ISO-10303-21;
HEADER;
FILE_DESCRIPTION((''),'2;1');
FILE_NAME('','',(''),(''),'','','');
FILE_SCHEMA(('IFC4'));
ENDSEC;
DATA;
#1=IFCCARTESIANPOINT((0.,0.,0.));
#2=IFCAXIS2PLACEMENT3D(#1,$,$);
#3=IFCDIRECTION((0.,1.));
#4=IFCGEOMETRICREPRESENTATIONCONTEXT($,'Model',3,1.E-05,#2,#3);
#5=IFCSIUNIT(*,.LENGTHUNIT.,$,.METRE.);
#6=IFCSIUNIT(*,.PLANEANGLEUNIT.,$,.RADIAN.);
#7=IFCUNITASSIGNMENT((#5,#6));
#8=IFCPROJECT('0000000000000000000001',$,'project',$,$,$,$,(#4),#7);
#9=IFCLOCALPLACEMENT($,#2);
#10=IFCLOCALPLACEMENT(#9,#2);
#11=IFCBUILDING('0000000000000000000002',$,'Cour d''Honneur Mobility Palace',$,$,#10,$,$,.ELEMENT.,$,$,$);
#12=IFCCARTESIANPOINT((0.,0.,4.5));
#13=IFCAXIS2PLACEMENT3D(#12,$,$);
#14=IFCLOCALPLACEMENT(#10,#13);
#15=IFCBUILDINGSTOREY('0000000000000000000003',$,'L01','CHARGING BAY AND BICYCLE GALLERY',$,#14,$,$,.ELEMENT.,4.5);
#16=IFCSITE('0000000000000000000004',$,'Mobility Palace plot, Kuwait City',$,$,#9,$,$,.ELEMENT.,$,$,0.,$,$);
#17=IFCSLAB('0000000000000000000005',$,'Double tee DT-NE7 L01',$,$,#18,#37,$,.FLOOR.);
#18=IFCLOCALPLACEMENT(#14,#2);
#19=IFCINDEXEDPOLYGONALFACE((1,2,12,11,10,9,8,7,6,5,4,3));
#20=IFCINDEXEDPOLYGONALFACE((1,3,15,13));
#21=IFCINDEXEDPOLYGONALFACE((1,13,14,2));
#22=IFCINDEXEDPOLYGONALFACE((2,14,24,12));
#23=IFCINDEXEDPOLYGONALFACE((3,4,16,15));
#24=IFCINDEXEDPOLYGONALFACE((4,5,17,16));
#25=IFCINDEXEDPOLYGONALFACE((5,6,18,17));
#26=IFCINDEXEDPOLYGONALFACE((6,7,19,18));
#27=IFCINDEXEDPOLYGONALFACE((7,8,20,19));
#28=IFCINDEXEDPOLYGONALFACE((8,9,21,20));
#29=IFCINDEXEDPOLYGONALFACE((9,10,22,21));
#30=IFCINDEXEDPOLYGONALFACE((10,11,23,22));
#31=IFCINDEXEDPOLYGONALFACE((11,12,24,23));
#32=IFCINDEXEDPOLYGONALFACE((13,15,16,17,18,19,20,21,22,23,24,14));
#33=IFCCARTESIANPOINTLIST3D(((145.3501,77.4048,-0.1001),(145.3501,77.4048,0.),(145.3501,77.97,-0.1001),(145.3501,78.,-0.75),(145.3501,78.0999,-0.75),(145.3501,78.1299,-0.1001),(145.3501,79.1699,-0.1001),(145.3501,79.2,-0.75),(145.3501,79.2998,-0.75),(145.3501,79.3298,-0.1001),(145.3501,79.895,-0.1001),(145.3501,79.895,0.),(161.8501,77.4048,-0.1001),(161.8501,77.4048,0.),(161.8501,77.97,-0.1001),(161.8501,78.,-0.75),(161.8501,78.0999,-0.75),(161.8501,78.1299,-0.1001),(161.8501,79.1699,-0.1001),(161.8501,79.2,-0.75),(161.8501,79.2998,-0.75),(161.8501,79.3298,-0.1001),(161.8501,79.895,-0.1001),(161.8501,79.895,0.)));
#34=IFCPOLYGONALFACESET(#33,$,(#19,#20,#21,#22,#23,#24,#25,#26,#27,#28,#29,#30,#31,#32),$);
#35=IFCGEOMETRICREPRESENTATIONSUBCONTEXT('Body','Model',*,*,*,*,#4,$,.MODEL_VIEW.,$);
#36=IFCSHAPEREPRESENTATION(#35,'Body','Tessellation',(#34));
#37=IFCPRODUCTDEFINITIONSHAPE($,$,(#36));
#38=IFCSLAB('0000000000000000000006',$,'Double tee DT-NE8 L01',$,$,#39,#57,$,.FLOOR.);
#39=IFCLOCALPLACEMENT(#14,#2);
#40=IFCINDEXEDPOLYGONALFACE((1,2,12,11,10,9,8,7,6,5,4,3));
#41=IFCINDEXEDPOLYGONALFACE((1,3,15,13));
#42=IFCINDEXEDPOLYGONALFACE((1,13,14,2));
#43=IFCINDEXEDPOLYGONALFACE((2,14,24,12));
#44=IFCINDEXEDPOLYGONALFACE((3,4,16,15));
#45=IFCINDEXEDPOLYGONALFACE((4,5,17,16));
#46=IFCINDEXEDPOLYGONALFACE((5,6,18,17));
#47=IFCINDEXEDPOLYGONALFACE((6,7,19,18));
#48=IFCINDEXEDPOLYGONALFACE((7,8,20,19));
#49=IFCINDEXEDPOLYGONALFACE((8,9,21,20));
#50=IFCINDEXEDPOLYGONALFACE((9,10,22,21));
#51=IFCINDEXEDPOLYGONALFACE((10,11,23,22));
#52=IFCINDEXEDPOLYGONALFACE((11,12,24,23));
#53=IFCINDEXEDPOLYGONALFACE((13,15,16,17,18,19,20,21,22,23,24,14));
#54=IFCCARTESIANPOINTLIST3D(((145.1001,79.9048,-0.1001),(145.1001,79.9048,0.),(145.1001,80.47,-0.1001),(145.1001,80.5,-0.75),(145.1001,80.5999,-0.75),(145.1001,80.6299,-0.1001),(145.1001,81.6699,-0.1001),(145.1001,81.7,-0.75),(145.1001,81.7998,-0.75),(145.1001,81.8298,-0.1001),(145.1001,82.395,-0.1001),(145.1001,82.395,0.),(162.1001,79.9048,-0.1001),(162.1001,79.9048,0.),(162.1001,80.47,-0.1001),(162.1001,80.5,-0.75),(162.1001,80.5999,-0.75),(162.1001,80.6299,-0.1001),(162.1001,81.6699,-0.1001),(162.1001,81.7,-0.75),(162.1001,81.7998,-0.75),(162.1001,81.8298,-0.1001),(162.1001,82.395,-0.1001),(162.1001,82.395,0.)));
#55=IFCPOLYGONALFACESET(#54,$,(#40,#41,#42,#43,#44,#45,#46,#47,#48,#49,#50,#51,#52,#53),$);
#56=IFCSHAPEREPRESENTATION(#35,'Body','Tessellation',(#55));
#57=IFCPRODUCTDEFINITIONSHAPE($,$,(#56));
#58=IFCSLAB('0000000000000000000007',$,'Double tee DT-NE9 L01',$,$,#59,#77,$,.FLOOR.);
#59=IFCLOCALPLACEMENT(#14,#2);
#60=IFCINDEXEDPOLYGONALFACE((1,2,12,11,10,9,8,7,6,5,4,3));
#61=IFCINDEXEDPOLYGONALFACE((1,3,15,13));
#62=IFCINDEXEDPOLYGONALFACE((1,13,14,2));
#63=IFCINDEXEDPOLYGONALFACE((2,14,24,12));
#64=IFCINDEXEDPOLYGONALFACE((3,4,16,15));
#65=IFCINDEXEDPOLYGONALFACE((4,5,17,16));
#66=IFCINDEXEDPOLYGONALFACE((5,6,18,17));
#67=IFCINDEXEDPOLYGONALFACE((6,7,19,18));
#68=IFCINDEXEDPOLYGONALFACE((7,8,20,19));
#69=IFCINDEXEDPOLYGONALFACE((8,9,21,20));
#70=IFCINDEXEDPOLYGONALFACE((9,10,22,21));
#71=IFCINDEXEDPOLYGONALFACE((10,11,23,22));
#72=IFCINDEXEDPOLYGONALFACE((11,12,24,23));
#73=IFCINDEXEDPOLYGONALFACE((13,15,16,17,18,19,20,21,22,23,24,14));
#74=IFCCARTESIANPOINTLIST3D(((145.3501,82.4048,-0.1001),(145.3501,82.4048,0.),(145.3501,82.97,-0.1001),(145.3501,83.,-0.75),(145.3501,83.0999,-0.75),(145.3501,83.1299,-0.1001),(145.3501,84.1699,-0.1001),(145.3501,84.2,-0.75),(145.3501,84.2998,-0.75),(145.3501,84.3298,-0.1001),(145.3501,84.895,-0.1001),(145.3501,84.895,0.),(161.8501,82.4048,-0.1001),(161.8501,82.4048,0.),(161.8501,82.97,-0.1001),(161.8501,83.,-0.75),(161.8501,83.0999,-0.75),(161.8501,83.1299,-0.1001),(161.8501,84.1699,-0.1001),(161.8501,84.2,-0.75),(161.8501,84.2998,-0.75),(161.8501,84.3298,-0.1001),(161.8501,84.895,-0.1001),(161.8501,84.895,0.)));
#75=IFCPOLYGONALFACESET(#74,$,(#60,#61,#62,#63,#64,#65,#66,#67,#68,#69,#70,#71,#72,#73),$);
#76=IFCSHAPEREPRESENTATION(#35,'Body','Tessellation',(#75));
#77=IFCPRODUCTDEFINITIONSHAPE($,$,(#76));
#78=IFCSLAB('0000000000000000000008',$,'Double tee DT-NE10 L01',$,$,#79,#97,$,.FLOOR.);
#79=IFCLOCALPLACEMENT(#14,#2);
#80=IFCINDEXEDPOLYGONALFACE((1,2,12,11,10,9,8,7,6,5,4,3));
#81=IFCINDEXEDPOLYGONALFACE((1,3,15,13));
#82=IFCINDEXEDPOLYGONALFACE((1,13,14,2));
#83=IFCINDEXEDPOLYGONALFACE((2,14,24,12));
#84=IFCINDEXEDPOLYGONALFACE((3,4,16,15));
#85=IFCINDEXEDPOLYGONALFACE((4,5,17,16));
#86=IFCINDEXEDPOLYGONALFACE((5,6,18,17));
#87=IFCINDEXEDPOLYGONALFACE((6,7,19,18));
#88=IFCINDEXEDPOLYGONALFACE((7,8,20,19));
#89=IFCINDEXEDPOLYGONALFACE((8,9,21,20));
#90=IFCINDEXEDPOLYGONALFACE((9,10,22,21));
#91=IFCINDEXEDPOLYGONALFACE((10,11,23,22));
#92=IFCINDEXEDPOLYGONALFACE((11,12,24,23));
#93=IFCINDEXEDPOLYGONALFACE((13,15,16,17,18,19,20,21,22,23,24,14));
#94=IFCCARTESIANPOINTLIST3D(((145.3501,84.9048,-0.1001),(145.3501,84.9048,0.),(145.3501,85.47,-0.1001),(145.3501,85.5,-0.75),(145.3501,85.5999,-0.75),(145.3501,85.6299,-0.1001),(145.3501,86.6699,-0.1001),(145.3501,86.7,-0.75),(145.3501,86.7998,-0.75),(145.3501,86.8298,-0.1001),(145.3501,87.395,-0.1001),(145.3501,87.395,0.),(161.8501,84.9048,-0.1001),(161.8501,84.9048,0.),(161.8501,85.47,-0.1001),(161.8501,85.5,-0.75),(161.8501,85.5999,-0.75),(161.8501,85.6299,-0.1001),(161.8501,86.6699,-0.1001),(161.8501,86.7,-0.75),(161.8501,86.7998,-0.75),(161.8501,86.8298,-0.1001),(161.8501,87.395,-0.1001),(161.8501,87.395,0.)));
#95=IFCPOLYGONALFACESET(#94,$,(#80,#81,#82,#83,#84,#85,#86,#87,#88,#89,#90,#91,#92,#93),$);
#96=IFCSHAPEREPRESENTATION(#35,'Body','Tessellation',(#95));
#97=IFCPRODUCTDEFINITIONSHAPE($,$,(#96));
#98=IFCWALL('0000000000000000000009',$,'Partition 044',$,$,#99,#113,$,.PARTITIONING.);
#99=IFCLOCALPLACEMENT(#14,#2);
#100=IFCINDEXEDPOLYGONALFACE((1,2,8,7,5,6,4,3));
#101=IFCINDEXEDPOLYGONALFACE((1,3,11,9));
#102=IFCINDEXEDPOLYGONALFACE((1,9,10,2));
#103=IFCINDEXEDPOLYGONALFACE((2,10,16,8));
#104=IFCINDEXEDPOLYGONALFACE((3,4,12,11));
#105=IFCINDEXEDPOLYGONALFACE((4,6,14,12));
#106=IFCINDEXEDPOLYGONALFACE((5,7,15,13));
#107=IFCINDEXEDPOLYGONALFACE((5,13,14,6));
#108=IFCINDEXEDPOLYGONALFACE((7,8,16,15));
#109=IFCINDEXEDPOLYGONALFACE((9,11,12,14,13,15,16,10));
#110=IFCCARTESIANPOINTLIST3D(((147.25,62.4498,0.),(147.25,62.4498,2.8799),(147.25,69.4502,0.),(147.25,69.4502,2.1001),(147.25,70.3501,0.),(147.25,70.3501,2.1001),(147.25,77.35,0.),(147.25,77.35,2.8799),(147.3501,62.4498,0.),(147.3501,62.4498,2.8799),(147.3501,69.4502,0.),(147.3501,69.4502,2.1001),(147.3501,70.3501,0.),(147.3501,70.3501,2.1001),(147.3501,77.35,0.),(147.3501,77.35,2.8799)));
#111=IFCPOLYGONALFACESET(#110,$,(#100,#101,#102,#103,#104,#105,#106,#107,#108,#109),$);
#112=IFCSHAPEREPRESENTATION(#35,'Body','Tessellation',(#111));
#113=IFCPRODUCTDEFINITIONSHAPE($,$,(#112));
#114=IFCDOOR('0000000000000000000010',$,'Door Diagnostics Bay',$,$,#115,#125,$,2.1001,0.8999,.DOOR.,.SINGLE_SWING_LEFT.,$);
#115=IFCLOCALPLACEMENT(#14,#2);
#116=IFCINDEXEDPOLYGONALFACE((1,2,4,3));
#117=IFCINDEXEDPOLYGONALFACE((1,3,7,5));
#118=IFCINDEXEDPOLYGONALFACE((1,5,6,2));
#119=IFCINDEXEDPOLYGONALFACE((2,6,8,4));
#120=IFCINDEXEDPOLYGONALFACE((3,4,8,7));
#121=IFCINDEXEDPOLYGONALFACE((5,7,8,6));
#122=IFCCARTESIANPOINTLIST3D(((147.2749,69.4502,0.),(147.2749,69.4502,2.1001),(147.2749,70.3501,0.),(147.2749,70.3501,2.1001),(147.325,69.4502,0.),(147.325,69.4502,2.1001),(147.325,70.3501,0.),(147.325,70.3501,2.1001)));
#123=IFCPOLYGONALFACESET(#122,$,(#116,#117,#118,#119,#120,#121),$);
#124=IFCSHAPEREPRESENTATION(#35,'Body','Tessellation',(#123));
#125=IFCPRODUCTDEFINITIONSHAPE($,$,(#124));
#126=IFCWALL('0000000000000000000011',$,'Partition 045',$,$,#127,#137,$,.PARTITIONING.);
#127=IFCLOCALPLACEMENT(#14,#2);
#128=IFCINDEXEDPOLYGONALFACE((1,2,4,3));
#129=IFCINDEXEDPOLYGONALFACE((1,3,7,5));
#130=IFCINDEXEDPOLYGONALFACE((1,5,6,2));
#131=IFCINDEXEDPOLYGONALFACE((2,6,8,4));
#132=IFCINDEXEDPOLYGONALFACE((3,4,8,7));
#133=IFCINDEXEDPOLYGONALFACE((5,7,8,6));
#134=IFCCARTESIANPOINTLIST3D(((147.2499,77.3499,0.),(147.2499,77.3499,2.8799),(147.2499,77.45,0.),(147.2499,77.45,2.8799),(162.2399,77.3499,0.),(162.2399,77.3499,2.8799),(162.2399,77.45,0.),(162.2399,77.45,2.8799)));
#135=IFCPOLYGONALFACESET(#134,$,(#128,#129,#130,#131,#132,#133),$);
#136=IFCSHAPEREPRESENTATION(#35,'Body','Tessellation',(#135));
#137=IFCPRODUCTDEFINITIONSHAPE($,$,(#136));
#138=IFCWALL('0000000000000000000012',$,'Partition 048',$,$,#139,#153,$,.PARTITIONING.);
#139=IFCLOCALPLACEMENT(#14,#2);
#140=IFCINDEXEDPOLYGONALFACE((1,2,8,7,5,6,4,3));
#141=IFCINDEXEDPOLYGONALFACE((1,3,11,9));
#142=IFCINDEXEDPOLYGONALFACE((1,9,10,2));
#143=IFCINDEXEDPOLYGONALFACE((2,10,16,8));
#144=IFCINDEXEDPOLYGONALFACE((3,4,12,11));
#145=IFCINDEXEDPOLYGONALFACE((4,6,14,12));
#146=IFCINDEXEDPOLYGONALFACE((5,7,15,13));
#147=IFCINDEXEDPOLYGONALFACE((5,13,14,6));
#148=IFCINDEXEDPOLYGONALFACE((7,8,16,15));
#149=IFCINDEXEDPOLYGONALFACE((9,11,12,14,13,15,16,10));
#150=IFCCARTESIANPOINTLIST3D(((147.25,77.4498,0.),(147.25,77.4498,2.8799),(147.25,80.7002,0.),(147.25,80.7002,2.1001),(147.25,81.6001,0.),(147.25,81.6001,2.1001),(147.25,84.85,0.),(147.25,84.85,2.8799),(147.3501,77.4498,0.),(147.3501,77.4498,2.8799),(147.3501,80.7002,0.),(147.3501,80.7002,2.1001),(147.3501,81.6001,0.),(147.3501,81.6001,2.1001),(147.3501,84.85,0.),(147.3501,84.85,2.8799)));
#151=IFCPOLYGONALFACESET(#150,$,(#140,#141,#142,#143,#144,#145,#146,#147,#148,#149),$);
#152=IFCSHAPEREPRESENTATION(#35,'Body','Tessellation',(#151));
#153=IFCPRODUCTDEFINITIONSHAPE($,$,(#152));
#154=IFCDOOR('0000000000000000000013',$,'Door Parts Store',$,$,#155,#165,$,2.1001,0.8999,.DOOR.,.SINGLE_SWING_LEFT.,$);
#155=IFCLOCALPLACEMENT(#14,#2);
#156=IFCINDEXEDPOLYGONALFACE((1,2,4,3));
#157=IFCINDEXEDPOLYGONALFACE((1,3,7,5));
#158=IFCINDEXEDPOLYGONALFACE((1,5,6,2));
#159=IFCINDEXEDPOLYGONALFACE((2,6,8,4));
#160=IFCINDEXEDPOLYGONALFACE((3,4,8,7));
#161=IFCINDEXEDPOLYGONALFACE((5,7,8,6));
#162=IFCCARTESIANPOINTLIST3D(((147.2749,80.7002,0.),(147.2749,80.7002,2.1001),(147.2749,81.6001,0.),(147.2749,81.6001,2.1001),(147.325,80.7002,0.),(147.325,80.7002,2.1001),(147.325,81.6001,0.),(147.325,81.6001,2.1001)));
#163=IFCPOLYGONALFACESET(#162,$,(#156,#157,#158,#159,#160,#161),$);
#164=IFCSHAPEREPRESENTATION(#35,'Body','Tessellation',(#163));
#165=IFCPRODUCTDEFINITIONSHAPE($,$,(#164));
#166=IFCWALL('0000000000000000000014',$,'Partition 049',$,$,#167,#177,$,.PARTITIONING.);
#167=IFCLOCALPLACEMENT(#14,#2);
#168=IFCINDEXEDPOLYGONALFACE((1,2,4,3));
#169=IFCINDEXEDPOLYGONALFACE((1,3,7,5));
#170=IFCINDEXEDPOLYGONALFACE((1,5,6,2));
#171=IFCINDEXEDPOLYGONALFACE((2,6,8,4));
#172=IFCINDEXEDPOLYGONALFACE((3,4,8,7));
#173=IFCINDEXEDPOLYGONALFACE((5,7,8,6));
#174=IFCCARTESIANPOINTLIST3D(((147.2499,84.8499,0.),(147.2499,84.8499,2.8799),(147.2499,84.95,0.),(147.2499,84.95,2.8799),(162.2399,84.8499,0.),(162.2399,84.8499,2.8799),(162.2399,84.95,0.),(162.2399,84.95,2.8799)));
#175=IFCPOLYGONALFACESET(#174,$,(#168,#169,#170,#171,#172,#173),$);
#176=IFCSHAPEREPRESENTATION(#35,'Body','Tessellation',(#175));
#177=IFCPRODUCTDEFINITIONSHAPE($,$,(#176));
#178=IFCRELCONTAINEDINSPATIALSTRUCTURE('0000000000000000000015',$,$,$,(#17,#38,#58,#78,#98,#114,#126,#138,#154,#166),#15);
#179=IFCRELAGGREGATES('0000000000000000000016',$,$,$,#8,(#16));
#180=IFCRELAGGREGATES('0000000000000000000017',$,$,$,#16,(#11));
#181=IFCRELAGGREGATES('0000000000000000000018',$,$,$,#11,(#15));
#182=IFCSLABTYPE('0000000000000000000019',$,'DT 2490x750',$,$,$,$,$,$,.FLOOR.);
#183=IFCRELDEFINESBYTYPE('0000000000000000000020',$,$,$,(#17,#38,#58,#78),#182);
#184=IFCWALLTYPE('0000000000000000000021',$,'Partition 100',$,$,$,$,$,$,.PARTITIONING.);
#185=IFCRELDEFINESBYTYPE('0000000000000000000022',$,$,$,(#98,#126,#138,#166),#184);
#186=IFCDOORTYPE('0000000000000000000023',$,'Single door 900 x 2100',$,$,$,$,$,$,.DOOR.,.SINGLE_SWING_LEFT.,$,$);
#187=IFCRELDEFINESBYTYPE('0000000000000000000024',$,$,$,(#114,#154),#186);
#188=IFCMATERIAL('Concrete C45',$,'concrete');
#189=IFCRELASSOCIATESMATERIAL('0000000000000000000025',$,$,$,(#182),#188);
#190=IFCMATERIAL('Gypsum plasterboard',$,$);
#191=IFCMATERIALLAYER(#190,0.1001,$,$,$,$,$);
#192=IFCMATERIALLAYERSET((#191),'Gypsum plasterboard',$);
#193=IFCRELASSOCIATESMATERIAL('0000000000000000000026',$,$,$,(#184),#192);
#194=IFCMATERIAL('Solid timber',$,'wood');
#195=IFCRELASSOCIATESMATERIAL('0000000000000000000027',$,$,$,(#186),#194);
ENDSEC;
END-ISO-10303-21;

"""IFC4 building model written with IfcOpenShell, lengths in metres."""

from ifc_helpers import new_model, si_unit, direction, frame, frame_2d, origin, place, context, subcontext, project, spatial, polyline, rectangle, outline, extrude, material, layer, layer_set, material_profile, profile_set, type_object, element, fill, save


model = new_model("IFC4")

# Units and contexts
model_context = context("Model", 3, precision=1e-05, world=origin(), true_north=direction((0.0, 1.0)))
body_context = subcontext(model_context, "Body", "Model", "MODEL_VIEW")
ifc_project = project(units=[si_unit("LENGTHUNIT", "METRE"), si_unit("PLANEANGLEUNIT", "RADIAN")], contexts=[model_context])

# Site, building, storey
site_placement = place(None, origin())
site = spatial("IfcSite", under=ifc_project, at=site_placement, Name="Mobility Palace plot, Kuwait City", CompositionType="ELEMENT", RefElevation=0.0)
building_placement = place(site_placement, origin())
building = spatial("IfcBuilding", under=site, at=building_placement, Name="Cour d'Honneur Mobility Palace", CompositionType="ELEMENT")
storey_placement = place(building_placement, frame((0.0, 0.0, 4.5)))
storey = spatial("IfcBuildingStorey", under=building, at=storey_placement, Name="L01", Description="CHARGING BAY AND BICYCLE GALLERY", CompositionType="ELEMENT", Elevation=4.5)

# Slabs
ifc_material_1 = material(Name="Concrete C45", Category="concrete")
ifc_material_profile_1 = material_profile(ifc_material_1, outline(polyline([(-1.2451, 0.0), (1.2451, 0.0), (1.2451, -0.1001), (0.6799, -0.1001), (0.6499, -0.75), (0.55, -0.75), (0.52, -0.1001), (-0.52, -0.1001), (-0.55, -0.75), (-0.6499, -0.75), (-0.6799, -0.1001), (-1.2451, -0.1001), (-1.2451, 0.0)])), Name="DT 2490x750")
ifc_profile_set_1 = profile_set([ifc_material_profile_1], Name="Concrete C45")
slab_type = type_object("IfcSlabType", Name="DT 2490x750", PredefinedType="FLOOR", material=ifc_profile_set_1)
for number, where, z_axis, x_axis, name in (
    (1, (145.3501, 78.6499, 0.0), (1.0, 0.0, 0.0), (0.0, 1.0, 0.0), "Double tee DT-NE7 L01"),
):
    element("IfcSlab", number, at=place(storey_placement, frame(where, z_axis=z_axis, x_axis=x_axis)), inside=storey, type_object=slab_type, Name=name, PredefinedType="FLOOR", context=body_context, shape_type="SweptSolid", body=[
        extrude(outline(polyline([(-1.2451, 0.0), (1.2451, 0.0), (1.2451, -0.1001), (0.6799, -0.1001), (0.6499, -0.75), (0.55, -0.75), (0.52, -0.1001), (-0.52, -0.1001), (-0.55, -0.75), (-0.6499, -0.75), (-0.6799, -0.1001), (-1.2451, -0.1001), (-1.2451, 0.0)])), origin(), (0.0, 0.0, 1.0), 16.5),
    ])
slab_1_placement = place(storey_placement, frame((145.1001, 81.1499, 0.0), z_axis=(1.0, 0.0, 0.0), x_axis=(0.0, 1.0, 0.0)))
element("IfcSlab", 2, at=slab_1_placement, inside=storey, type_object=slab_type, Name="Double tee DT-NE8 L01", PredefinedType="FLOOR", context=body_context, shape_type="SweptSolid", body=[
    extrude(outline(polyline([(-1.2451, 0.0), (1.2451, 0.0), (1.2451, -0.1001), (0.6799, -0.1001), (0.6499, -0.75), (0.55, -0.75), (0.52, -0.1001), (-0.52, -0.1001), (-0.55, -0.75), (-0.6499, -0.75), (-0.6799, -0.1001), (-1.2451, -0.1001), (-1.2451, 0.0)])), origin(), (0.0, 0.0, 1.0), 17.0),
])
for number, where, z_axis, x_axis, name in (
    (3, (145.3501, 83.6499, 0.0), (1.0, 0.0, 0.0), (0.0, 1.0, 0.0), "Double tee DT-NE9 L01"),
    (4, (145.3501, 86.1499, 0.0), (1.0, 0.0, 0.0), (0.0, 1.0, 0.0), "Double tee DT-NE10 L01"),
):
    element("IfcSlab", number, at=place(storey_placement, frame(where, z_axis=z_axis, x_axis=x_axis)), inside=storey, type_object=slab_type, Name=name, PredefinedType="FLOOR", context=body_context, shape_type="SweptSolid", body=[
        extrude(outline(polyline([(-1.2451, 0.0), (1.2451, 0.0), (1.2451, -0.1001), (0.6799, -0.1001), (0.6499, -0.75), (0.55, -0.75), (0.52, -0.1001), (-0.52, -0.1001), (-0.55, -0.75), (-0.6499, -0.75), (-0.6799, -0.1001), (-1.2451, -0.1001), (-1.2451, 0.0)])), origin(), (0.0, 0.0, 1.0), 16.5),
    ])

# Wall, opening, door
ifc_material_2 = material(Name="Gypsum plasterboard")
ifc_layer_1 = layer(ifc_material_2, 0.1001)
ifc_layer_set_1 = layer_set([ifc_layer_1], Name="Gypsum plasterboard")
wall_type_1 = type_object("IfcWallType", Name="Partition 100", PredefinedType="PARTITIONING", material=ifc_layer_set_1)
wall_1_placement = place(storey_placement, frame((147.3, 77.3501, 0.0), z_axis=(0.0, 0.0, 1.0), x_axis=(0.0, -1.0, 0.0)))
wall_1 = element("IfcWall", 5, at=wall_1_placement, inside=storey, type_object=wall_type_1, Name="Partition 044", PredefinedType="PARTITIONING", context=body_context, shape_type="SweptSolid", body=[
    extrude(rectangle(XDim=14.9001, YDim=0.1001, at=frame_2d((7.4502, 0.0))), origin(), (0.0, 0.0, 1.0), 2.8799),
])
opening_1_placement = place(wall_1_placement, frame((7.0, 0.0, 0.0)))
opening_1 = element("IfcOpeningElement", 6, at=opening_1_placement, cuts=wall_1, PredefinedType="OPENING", context=body_context, shape_type="SweptSolid", body=[
    extrude(rectangle(XDim=0.8999, YDim=2.1001, at=frame_2d((0.45, 1.05))), frame((0.0, 0.0601, 0.0), z_axis=(0.0, -1.0, 0.0), x_axis=(1.0, 0.0, 0.0)), (0.0, 0.0, 1.0), 0.1201),
])
ifc_material_3 = material(Name="Solid timber", Category="wood")
door_type = type_object("IfcDoorType", Name="Single door 900 x 2100", OperationType="SINGLE_SWING_LEFT", PredefinedType="DOOR", material=ifc_material_3)
door_1_placement = place(opening_1_placement, origin())
door_1 = element("IfcDoor", 7, at=door_1_placement, inside=storey, type_object=door_type, Name="Door Diagnostics Bay", OperationType="SINGLE_SWING_LEFT", OverallHeight=2.1001, OverallWidth=0.8999, PredefinedType="DOOR", context=body_context, shape_type="SweptSolid", body=[
    extrude(rectangle(XDim=0.8999, YDim=2.1001, at=frame_2d((0.45, 1.05))), frame((0.0, 0.0249, 0.0), z_axis=(0.0, -1.0, 0.0), x_axis=(1.0, 0.0, 0.0)), (0.0, 0.0, 1.0), 0.05),
])
fill(opening_1, door_1)

# Wall
wall_2_placement = place(storey_placement, frame((162.24, 77.3999, 0.0), z_axis=(0.0, 0.0, 1.0), x_axis=(-1.0, 0.0, 0.0)))
element("IfcWall", 8, at=wall_2_placement, inside=storey, type_object=wall_type_1, Name="Partition 045", PredefinedType="PARTITIONING", context=body_context, shape_type="SweptSolid", body=[
    extrude(rectangle(XDim=14.99, YDim=0.1001, at=frame_2d((7.4951, 0.0))), origin(), (0.0, 0.0, 1.0), 2.8799),
])

# Wall, opening, door
wall_3_placement = place(storey_placement, frame((147.3, 84.8501, 0.0), z_axis=(0.0, 0.0, 1.0), x_axis=(0.0, -1.0, 0.0)))
wall_3 = element("IfcWall", 9, at=wall_3_placement, inside=storey, type_object=wall_type_1, Name="Partition 048", PredefinedType="PARTITIONING", context=body_context, shape_type="SweptSolid", body=[
    extrude(rectangle(XDim=7.4001, YDim=0.1001, at=frame_2d((3.7002, 0.0))), origin(), (0.0, 0.0, 1.0), 2.8799),
])
opening_2_placement = place(wall_3_placement, frame((3.25, 0.0, 0.0)))
opening_2 = element("IfcOpeningElement", 10, at=opening_2_placement, cuts=wall_3, PredefinedType="OPENING", context=body_context, shape_type="SweptSolid", body=[
    extrude(rectangle(XDim=0.8999, YDim=2.1001, at=frame_2d((0.45, 1.05))), frame((0.0, 0.0601, 0.0), z_axis=(0.0, -1.0, 0.0), x_axis=(1.0, 0.0, 0.0)), (0.0, 0.0, 1.0), 0.1201),
])
door_2_placement = place(opening_2_placement, origin())
door_2 = element("IfcDoor", 11, at=door_2_placement, inside=storey, type_object=door_type, Name="Door Parts Store", OperationType="SINGLE_SWING_LEFT", OverallHeight=2.1001, OverallWidth=0.8999, PredefinedType="DOOR", context=body_context, shape_type="SweptSolid", body=[
    extrude(rectangle(XDim=0.8999, YDim=2.1001, at=frame_2d((0.45, 1.05))), frame((0.0, 0.0249, 0.0), z_axis=(0.0, -1.0, 0.0), x_axis=(1.0, 0.0, 0.0)), (0.0, 0.0, 1.0), 0.05),
])
fill(opening_2, door_2)

# Wall
wall_4_placement = place(storey_placement, frame((162.24, 84.8999, 0.0), z_axis=(0.0, 0.0, 1.0), x_axis=(-1.0, 0.0, 0.0)))
element("IfcWall", 12, at=wall_4_placement, inside=storey, type_object=wall_type_1, Name="Partition 049", PredefinedType="PARTITIONING", context=body_context, shape_type="SweptSolid", body=[
    extrude(rectangle(XDim=14.99, YDim=0.1001, at=frame_2d((7.4951, 0.0))), origin(), (0.0, 0.0, 1.0), 2.8799),
])

save(model, "model.ifc")
